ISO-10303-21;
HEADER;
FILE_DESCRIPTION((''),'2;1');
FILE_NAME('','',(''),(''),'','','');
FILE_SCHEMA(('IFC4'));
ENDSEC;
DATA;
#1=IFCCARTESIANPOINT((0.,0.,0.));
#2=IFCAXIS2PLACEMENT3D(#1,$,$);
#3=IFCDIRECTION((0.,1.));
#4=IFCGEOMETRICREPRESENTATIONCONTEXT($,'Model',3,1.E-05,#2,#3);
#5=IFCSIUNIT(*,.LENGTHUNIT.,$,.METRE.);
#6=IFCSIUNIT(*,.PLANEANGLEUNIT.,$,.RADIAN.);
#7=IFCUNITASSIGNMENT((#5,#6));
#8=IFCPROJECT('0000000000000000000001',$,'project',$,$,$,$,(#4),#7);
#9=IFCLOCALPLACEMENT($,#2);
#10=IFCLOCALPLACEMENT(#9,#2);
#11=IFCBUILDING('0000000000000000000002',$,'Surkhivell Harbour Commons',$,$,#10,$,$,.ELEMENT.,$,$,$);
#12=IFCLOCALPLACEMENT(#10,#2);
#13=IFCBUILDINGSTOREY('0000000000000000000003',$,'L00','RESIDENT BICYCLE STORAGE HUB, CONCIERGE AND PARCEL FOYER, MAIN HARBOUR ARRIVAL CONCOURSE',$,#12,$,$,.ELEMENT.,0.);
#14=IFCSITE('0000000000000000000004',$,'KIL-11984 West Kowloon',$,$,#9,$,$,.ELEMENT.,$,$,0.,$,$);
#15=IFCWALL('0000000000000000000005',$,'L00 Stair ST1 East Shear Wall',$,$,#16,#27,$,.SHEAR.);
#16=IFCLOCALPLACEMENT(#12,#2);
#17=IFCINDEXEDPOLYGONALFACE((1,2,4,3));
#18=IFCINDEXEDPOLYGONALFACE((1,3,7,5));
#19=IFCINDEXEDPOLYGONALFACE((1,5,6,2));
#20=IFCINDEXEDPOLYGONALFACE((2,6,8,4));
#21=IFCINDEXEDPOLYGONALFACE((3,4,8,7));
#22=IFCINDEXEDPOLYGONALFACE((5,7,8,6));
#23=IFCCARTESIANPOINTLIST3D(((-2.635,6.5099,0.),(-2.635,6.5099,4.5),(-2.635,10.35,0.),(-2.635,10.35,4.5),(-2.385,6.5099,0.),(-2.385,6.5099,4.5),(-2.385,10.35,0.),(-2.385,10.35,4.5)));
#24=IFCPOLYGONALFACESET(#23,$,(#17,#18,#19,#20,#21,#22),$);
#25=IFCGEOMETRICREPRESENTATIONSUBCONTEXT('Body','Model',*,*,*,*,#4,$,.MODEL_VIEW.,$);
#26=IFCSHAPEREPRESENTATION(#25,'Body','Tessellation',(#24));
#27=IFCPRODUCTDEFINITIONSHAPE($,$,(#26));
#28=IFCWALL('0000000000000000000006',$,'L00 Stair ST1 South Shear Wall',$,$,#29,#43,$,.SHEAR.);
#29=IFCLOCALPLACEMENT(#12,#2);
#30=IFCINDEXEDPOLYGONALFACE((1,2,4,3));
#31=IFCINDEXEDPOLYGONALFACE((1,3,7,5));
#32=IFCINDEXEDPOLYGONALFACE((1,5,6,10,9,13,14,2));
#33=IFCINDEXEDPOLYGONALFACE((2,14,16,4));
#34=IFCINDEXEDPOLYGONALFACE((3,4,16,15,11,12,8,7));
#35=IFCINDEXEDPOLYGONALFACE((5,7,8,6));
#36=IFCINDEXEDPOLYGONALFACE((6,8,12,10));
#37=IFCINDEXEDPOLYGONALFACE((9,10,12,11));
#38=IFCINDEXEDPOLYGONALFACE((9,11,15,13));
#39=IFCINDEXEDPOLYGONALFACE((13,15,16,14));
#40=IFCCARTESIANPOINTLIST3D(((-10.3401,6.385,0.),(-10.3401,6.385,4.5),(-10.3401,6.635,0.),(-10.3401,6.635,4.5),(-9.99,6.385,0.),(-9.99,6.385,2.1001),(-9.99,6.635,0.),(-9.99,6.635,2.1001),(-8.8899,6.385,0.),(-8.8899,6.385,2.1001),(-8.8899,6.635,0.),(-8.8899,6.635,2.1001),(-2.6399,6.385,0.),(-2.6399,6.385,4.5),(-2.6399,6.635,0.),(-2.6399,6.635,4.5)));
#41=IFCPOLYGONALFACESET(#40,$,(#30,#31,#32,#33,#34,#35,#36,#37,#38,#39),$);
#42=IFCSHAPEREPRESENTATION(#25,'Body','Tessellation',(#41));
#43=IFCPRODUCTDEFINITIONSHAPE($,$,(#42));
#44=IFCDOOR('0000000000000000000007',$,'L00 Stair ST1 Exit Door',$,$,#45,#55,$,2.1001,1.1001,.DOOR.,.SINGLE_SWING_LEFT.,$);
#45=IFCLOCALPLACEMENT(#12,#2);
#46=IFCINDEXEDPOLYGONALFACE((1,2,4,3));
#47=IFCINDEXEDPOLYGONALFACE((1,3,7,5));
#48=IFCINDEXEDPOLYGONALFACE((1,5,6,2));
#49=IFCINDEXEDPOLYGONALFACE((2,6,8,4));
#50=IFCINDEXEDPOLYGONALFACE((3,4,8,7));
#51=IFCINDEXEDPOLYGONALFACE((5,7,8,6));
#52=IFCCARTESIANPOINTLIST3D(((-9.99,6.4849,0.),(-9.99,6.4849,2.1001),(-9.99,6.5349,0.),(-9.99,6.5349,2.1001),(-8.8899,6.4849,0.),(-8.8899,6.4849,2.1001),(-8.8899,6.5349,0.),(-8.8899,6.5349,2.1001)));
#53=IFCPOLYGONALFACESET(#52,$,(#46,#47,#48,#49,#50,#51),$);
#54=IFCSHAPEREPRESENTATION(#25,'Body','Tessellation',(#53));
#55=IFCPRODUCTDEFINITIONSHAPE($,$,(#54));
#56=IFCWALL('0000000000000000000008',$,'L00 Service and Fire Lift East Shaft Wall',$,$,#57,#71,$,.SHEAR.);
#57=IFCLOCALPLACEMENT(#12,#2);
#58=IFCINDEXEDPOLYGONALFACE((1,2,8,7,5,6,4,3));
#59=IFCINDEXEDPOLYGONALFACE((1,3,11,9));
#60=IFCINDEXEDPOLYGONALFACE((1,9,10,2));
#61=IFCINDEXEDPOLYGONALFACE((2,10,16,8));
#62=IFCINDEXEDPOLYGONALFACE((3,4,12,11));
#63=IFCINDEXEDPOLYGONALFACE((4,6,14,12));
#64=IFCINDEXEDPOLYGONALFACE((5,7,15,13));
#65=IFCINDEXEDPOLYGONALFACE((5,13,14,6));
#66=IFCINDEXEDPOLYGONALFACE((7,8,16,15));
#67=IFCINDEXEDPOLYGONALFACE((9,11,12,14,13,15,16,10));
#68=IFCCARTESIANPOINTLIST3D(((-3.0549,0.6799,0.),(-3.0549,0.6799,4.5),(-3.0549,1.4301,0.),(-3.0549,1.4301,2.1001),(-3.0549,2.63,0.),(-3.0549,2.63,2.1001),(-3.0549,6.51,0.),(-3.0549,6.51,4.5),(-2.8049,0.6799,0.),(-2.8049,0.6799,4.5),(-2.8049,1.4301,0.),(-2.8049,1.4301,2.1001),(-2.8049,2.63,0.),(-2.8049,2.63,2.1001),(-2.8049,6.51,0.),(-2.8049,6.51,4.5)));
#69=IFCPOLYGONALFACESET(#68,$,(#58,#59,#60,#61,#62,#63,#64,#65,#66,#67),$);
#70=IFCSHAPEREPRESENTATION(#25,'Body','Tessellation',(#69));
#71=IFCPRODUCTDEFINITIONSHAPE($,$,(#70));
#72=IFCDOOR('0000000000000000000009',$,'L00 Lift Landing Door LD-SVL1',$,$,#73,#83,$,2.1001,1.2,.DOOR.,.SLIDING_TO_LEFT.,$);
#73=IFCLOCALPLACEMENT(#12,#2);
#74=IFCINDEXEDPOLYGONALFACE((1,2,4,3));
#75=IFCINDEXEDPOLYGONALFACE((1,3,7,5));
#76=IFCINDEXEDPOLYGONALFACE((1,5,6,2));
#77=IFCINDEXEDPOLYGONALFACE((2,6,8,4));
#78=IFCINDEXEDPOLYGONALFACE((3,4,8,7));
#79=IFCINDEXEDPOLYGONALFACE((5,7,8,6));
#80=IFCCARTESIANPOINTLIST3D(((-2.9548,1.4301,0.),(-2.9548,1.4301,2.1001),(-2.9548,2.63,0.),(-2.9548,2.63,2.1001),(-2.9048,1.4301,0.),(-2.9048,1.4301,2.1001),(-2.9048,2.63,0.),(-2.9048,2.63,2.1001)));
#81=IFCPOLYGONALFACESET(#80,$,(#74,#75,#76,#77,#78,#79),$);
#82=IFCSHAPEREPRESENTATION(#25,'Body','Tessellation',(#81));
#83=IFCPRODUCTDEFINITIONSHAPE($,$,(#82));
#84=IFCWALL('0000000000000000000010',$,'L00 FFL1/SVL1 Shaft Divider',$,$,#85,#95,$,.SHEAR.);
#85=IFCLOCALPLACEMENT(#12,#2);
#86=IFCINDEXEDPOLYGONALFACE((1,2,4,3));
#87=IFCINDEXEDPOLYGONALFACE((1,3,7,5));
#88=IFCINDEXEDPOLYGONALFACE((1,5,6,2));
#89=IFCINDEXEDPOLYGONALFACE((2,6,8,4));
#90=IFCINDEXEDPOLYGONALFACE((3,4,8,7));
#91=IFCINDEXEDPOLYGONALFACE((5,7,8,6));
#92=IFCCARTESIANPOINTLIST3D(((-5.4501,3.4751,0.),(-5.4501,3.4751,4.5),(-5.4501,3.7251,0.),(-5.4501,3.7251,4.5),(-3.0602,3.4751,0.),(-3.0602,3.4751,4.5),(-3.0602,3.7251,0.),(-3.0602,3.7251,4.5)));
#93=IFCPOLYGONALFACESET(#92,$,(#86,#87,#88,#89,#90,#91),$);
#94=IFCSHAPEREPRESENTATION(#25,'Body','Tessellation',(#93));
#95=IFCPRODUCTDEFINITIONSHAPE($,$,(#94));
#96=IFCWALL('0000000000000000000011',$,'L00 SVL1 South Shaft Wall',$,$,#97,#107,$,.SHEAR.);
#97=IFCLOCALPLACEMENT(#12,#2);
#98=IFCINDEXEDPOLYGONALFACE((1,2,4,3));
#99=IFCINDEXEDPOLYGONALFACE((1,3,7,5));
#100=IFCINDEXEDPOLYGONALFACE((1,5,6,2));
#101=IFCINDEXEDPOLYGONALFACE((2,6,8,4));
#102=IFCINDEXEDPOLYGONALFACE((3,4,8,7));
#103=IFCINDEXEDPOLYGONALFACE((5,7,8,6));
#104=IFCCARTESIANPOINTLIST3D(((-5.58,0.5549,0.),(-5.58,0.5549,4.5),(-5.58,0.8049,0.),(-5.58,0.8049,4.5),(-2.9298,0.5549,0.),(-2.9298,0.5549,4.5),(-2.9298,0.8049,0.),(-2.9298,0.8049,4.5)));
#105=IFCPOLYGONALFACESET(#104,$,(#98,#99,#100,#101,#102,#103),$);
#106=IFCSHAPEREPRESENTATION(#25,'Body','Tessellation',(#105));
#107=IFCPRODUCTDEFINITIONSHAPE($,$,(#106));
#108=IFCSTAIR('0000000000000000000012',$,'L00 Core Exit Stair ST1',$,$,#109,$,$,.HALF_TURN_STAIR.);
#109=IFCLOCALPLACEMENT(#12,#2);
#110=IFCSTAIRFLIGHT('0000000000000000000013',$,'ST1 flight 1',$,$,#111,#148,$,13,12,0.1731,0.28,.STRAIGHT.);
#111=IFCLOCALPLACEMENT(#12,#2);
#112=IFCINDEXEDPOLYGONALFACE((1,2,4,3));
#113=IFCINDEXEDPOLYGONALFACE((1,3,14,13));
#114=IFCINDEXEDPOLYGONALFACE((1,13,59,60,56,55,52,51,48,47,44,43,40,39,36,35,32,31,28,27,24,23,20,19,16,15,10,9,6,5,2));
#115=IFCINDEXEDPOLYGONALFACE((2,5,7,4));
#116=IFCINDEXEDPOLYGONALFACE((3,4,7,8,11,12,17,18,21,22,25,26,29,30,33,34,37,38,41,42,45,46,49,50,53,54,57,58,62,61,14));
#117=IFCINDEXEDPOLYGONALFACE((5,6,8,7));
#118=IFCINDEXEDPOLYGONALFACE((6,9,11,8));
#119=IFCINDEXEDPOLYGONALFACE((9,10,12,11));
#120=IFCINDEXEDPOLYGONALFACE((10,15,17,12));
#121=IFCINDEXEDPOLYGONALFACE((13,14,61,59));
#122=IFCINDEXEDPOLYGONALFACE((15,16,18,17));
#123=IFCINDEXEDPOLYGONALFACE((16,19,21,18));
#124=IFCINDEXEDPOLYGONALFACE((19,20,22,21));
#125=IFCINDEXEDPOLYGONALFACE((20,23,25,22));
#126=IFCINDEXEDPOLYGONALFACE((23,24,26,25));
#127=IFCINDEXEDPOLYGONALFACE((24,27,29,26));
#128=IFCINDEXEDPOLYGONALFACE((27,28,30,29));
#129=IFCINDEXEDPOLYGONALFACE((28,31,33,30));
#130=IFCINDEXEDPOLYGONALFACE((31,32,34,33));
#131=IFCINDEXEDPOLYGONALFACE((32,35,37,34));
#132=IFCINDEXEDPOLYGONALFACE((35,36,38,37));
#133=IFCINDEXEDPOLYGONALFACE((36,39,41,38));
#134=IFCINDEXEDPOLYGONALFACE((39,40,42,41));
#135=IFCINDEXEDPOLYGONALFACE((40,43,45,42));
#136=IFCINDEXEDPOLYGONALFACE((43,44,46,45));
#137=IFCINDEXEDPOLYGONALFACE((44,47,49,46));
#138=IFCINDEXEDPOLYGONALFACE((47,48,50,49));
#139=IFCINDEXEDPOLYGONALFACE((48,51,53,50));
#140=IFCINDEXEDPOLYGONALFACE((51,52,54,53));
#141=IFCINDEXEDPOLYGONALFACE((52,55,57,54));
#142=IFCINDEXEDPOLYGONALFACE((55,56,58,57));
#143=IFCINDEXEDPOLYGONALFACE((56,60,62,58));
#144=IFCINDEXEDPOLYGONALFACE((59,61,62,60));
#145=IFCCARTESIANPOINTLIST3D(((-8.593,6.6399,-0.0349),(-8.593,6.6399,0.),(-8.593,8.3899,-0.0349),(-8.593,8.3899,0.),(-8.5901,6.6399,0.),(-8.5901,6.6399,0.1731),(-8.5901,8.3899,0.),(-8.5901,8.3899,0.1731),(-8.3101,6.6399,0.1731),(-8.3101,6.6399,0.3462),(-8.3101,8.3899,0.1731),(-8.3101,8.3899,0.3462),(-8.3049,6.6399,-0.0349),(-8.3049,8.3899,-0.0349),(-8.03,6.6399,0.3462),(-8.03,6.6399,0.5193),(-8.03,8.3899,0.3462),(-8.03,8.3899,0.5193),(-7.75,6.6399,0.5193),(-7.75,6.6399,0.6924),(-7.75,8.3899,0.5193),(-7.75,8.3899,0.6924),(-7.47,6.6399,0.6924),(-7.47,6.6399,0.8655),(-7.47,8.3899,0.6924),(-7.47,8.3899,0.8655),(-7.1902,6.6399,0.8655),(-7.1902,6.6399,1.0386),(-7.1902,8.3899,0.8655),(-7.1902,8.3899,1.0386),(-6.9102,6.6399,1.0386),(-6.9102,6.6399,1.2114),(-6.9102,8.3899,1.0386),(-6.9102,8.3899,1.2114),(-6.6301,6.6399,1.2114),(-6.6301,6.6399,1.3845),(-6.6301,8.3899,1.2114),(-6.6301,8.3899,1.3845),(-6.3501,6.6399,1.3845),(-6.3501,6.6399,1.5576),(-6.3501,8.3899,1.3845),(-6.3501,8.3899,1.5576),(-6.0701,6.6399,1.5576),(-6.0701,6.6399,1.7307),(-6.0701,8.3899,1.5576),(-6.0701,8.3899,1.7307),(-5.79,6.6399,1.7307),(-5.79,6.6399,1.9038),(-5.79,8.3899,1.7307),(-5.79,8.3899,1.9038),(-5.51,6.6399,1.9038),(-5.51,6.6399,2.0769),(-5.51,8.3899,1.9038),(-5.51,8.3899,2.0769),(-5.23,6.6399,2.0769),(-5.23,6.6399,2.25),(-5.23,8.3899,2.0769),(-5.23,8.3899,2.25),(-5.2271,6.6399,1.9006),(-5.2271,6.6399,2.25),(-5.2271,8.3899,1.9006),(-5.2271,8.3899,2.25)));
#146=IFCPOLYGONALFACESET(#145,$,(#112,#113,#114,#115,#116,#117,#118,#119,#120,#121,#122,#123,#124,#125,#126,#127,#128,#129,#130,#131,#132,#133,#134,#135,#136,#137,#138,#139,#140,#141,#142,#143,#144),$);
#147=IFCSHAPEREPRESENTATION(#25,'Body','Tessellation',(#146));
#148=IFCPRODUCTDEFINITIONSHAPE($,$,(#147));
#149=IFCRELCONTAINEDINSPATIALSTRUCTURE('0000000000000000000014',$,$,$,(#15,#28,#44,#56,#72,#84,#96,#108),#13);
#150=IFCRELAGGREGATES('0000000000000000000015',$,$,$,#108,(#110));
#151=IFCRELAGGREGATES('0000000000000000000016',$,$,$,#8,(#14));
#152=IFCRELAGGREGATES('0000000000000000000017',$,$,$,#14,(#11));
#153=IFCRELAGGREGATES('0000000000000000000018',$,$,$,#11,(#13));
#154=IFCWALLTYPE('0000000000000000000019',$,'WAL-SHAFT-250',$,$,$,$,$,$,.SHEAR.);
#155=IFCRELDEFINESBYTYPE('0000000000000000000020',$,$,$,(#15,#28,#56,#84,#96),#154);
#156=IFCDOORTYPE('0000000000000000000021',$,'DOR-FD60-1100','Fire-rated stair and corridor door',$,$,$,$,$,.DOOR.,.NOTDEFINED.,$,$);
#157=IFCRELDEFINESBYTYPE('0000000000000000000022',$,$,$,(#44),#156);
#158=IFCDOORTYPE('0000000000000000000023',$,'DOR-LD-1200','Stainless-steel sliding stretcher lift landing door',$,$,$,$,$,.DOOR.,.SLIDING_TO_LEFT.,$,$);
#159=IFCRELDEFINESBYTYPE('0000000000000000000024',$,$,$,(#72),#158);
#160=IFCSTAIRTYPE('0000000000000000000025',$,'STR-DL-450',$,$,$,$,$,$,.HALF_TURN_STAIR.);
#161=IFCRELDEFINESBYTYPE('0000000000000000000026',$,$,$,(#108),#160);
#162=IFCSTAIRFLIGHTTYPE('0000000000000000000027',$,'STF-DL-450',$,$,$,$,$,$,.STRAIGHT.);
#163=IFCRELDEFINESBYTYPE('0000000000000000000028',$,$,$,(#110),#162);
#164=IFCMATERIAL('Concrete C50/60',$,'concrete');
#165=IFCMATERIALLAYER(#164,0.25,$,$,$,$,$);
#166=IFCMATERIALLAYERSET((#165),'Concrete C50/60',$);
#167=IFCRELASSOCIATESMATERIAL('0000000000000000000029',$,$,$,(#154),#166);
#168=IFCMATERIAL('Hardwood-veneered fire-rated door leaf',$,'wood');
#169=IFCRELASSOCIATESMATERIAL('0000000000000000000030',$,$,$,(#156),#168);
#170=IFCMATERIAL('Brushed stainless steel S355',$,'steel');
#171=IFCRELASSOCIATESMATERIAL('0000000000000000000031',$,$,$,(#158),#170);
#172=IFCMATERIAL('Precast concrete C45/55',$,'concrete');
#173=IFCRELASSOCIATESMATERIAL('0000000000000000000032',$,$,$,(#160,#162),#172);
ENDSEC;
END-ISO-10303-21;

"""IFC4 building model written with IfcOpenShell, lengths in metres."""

from ifc_helpers import new_model, si_unit, direction, frame, frame_2d, origin, place, context, subcontext, project, spatial, polyline, rectangle, outline, extrude, material, layer, layer_set, type_object, element, fill, aggregate, save


model = new_model("IFC4")

# Units and contexts
model_context = context("Model", 3, precision=1e-05, world=origin(), true_north=direction((0.0, 1.0)))
body_context = subcontext(model_context, "Body", "Model", "MODEL_VIEW")
ifc_project = project(units=[si_unit("LENGTHUNIT", "METRE"), si_unit("PLANEANGLEUNIT", "RADIAN")], contexts=[model_context])

# Site, building, storey
site_placement = place(None, origin())
site = spatial("IfcSite", under=ifc_project, at=site_placement, Name="KIL-11984 West Kowloon", CompositionType="ELEMENT", RefElevation=0.0)
building_placement = place(site_placement, origin())
building = spatial("IfcBuilding", under=site, at=building_placement, Name="Surkhivell Harbour Commons", CompositionType="ELEMENT")
storey_placement = place(building_placement, origin())
storey = spatial("IfcBuildingStorey", under=building, at=storey_placement, Name="L00", Description="RESIDENT BICYCLE STORAGE HUB, CONCIERGE AND PARCEL FOYER, MAIN HARBOUR ARRIVAL CONCOURSE", CompositionType="ELEMENT", Elevation=0.0)

# Shared definitions
ifc_material_1 = material(Name="Concrete C50/60", Category="concrete")

# Shared definitions
ifc_layer_1 = layer(ifc_material_1, 0.25)
ifc_layer_set_1 = layer_set([ifc_layer_1], Name="Concrete C50/60")
wall_type = type_object("IfcWallType", Name="WAL-SHAFT-250", PredefinedType="SHEAR", material=ifc_layer_set_1)
ifc_material_2 = material(Name="Brushed stainless steel S355", Category="steel")
ifc_material_3 = material(Name="Hardwood-veneered fire-rated door leaf", Category="wood")

# Wall
wall_1_placement = place(storey_placement, frame((-2.51, 6.51, 0.0), z_axis=(0.0, 0.0, 1.0), x_axis=(0.0, 1.0, 0.0)))
element("IfcWall", 1, at=wall_1_placement, inside=storey, type_object=wall_type, Name="L00 Stair ST1 East Shear Wall", PredefinedType="SHEAR", context=body_context, shape_type="SweptSolid", body=[
    extrude(rectangle(XDim=3.8401, YDim=0.25, at=frame_2d((1.9199, 0.0))), origin(), (0.0, 0.0, 1.0), 4.5),
])

# Walls, openings, doors
wall_2_placement = place(storey_placement, frame((-10.3401, 6.51, 0.0), z_axis=(0.0, 0.0, 1.0), x_axis=(1.0, 0.0, 0.0)))
wall_2 = element("IfcWall", 2, at=wall_2_placement, inside=storey, type_object=wall_type, Name="L00 Stair ST1 South Shear Wall", PredefinedType="SHEAR", context=body_context, shape_type="SweptSolid", body=[
    extrude(rectangle(XDim=7.7002, YDim=0.25, at=frame_2d((3.8501, 0.0))), origin(), (0.0, 0.0, 1.0), 4.5),
])
opening_1_placement = place(wall_2_placement, frame((0.3501, 0.0, 0.0)))
opening_1 = element("IfcOpeningElement", 3, at=opening_1_placement, cuts=wall_2, PredefinedType="OPENING", context=body_context, shape_type="SweptSolid", body=[
    extrude(rectangle(XDim=1.1001, YDim=2.1001, at=frame_2d((0.55, 1.05))), frame((0.0, 0.135, 0.0), z_axis=(0.0, -1.0, 0.0), x_axis=(1.0, 0.0, 0.0)), (0.0, 0.0, 1.0), 0.27),
])
door_type_1 = type_object("IfcDoorType", Name="DOR-FD60-1100", Description="Fire-rated stair and corridor door", OperationType="NOTDEFINED", PredefinedType="DOOR", material=ifc_material_3)
door_1_placement = place(opening_1_placement, origin())
door_1 = element("IfcDoor", 4, at=door_1_placement, inside=storey, type_object=door_type_1, Name="L00 Stair ST1 Exit Door", OperationType="SINGLE_SWING_LEFT", OverallHeight=2.1001, OverallWidth=1.1001, PredefinedType="DOOR", context=body_context, shape_type="SweptSolid", body=[
    extrude(rectangle(XDim=1.1001, YDim=2.1001, at=frame_2d((0.55, 1.05))), frame((0.0, 0.0249, 0.0), z_axis=(0.0, -1.0, 0.0), x_axis=(1.0, 0.0, 0.0)), (0.0, 0.0, 1.0), 0.05),
])
fill(opening_1, door_1)
wall_3_placement = place(storey_placement, frame((-2.9299, 0.6799, 0.0), z_axis=(0.0, 0.0, 1.0), x_axis=(0.0, 1.0, 0.0)))
wall_3 = element("IfcWall", 5, at=wall_3_placement, inside=storey, type_object=wall_type, Name="L00 Service and Fire Lift East Shaft Wall", PredefinedType="SHEAR", context=body_context, shape_type="SweptSolid", body=[
    extrude(rectangle(XDim=5.8301, YDim=0.25, at=frame_2d((2.915, 0.0))), origin(), (0.0, 0.0, 1.0), 4.5),
])
opening_2_placement = place(wall_3_placement, frame((0.75, 0.0, 0.0)))
opening_2 = element("IfcOpeningElement", 6, at=opening_2_placement, cuts=wall_3, PredefinedType="OPENING", context=body_context, shape_type="SweptSolid", body=[
    extrude(rectangle(XDim=1.2, YDim=2.1001, at=frame_2d((0.6001, 1.05))), frame((0.0, 0.135, 0.0), z_axis=(0.0, -1.0, 0.0), x_axis=(1.0, 0.0, 0.0)), (0.0, 0.0, 1.0), 0.27),
])
door_type_2 = type_object("IfcDoorType", Name="DOR-LD-1200", Description="Stainless-steel sliding stretcher lift landing door", OperationType="SLIDING_TO_LEFT", PredefinedType="DOOR", material=ifc_material_2)
door_2_placement = place(opening_2_placement, origin())
door_2 = element("IfcDoor", 7, at=door_2_placement, inside=storey, type_object=door_type_2, Name="L00 Lift Landing Door LD-SVL1", OperationType="SLIDING_TO_LEFT", OverallHeight=2.1001, OverallWidth=1.2, PredefinedType="DOOR", context=body_context, shape_type="SweptSolid", body=[
    extrude(rectangle(XDim=1.2, YDim=2.1001, at=frame_2d((0.6001, 1.05))), frame((0.0, 0.0249, 0.0), z_axis=(0.0, -1.0, 0.0), x_axis=(1.0, 0.0, 0.0)), (0.0, 0.0, 1.0), 0.05),
])
fill(opening_2, door_2)

# Walls
wall_4_placement = place(storey_placement, frame((-5.45, 3.6001, 0.0), z_axis=(0.0, 0.0, 1.0), x_axis=(1.0, 0.0, 0.0)))
element("IfcWall", 8, at=wall_4_placement, inside=storey, type_object=wall_type, Name="L00 FFL1/SVL1 Shaft Divider", PredefinedType="SHEAR", context=body_context, shape_type="SweptSolid", body=[
    extrude(rectangle(XDim=2.3899, YDim=0.25, at=frame_2d((1.1948, 0.0))), origin(), (0.0, 0.0, 1.0), 4.5),
])
wall_5_placement = place(storey_placement, frame((-5.5801, 0.6799, 0.0), z_axis=(0.0, 0.0, 1.0), x_axis=(1.0, 0.0, 0.0)))
element("IfcWall", 9, at=wall_5_placement, inside=storey, type_object=wall_type, Name="L00 SVL1 South Shaft Wall", PredefinedType="SHEAR", context=body_context, shape_type="SweptSolid", body=[
    extrude(rectangle(XDim=2.6501, YDim=0.25, at=frame_2d((1.3252, 0.0))), origin(), (0.0, 0.0, 1.0), 4.5),
])

# Stair, stair flight
ifc_material_4 = material(Name="Precast concrete C45/55", Category="concrete")
stair_type = type_object("IfcStairType", Name="STR-DL-450", PredefinedType="HALF_TURN_STAIR", material=ifc_material_4)
stair_placement = place(storey_placement, origin())
stair = element("IfcStair", 10, at=stair_placement, inside=storey, type_object=stair_type, Name="L00 Core Exit Stair ST1", PredefinedType="HALF_TURN_STAIR")
stair_flight_type = type_object("IfcStairFlightType", Name="STF-DL-450", PredefinedType="STRAIGHT", material=ifc_material_4)
stair_flight_1_placement = place(storey_placement, frame((-8.5901, 7.5149, 0.0), z_axis=(0.0, 0.0, 1.0), x_axis=(1.0, 0.0, 0.0)))
stair_flight_1 = element("IfcStairFlight", 11, at=stair_flight_1_placement, type_object=stair_flight_type, Name="ST1 flight 1", NumberOfRisers=13, NumberOfTreads=12, PredefinedType="STRAIGHT", RiserHeight=0.1731, TreadLength=0.28, context=body_context, shape_type="SweptSolid", body=[
    extrude(outline(polyline([(-0.0029, -0.0349), (-0.0029, 0.0), (0.0, 0.0), (0.0, 0.1731), (0.28, 0.1731), (0.28, 0.3462), (0.5601, 0.3462), (0.5601, 0.5193), (0.8401, 0.5193), (0.8401, 0.6924), (1.1201, 0.6924), (1.1201, 0.8655), (1.3999, 0.8655), (1.3999, 1.0386), (1.6799, 1.0386), (1.6799, 1.2114), (1.96, 1.2114), (1.96, 1.3845), (2.24, 1.3845), (2.24, 1.5576), (2.52, 1.5576), (2.52, 1.7307), (2.8, 1.7307), (2.8, 1.9038), (3.0801, 1.9038), (3.0801, 2.0769), (3.3601, 2.0769), (3.3601, 2.25), (3.363, 2.25), (3.363, 1.9006), (0.2852, -0.0349), (-0.0029, -0.0349)])), frame((0.0, 0.875, 0.0), z_axis=(0.0, -1.0, 0.0), x_axis=(1.0, 0.0, 0.0)), (0.0, 0.0, 1.0), 1.75),
])
aggregate(stair, [stair_flight_1])

save(model, "model.ifc")
